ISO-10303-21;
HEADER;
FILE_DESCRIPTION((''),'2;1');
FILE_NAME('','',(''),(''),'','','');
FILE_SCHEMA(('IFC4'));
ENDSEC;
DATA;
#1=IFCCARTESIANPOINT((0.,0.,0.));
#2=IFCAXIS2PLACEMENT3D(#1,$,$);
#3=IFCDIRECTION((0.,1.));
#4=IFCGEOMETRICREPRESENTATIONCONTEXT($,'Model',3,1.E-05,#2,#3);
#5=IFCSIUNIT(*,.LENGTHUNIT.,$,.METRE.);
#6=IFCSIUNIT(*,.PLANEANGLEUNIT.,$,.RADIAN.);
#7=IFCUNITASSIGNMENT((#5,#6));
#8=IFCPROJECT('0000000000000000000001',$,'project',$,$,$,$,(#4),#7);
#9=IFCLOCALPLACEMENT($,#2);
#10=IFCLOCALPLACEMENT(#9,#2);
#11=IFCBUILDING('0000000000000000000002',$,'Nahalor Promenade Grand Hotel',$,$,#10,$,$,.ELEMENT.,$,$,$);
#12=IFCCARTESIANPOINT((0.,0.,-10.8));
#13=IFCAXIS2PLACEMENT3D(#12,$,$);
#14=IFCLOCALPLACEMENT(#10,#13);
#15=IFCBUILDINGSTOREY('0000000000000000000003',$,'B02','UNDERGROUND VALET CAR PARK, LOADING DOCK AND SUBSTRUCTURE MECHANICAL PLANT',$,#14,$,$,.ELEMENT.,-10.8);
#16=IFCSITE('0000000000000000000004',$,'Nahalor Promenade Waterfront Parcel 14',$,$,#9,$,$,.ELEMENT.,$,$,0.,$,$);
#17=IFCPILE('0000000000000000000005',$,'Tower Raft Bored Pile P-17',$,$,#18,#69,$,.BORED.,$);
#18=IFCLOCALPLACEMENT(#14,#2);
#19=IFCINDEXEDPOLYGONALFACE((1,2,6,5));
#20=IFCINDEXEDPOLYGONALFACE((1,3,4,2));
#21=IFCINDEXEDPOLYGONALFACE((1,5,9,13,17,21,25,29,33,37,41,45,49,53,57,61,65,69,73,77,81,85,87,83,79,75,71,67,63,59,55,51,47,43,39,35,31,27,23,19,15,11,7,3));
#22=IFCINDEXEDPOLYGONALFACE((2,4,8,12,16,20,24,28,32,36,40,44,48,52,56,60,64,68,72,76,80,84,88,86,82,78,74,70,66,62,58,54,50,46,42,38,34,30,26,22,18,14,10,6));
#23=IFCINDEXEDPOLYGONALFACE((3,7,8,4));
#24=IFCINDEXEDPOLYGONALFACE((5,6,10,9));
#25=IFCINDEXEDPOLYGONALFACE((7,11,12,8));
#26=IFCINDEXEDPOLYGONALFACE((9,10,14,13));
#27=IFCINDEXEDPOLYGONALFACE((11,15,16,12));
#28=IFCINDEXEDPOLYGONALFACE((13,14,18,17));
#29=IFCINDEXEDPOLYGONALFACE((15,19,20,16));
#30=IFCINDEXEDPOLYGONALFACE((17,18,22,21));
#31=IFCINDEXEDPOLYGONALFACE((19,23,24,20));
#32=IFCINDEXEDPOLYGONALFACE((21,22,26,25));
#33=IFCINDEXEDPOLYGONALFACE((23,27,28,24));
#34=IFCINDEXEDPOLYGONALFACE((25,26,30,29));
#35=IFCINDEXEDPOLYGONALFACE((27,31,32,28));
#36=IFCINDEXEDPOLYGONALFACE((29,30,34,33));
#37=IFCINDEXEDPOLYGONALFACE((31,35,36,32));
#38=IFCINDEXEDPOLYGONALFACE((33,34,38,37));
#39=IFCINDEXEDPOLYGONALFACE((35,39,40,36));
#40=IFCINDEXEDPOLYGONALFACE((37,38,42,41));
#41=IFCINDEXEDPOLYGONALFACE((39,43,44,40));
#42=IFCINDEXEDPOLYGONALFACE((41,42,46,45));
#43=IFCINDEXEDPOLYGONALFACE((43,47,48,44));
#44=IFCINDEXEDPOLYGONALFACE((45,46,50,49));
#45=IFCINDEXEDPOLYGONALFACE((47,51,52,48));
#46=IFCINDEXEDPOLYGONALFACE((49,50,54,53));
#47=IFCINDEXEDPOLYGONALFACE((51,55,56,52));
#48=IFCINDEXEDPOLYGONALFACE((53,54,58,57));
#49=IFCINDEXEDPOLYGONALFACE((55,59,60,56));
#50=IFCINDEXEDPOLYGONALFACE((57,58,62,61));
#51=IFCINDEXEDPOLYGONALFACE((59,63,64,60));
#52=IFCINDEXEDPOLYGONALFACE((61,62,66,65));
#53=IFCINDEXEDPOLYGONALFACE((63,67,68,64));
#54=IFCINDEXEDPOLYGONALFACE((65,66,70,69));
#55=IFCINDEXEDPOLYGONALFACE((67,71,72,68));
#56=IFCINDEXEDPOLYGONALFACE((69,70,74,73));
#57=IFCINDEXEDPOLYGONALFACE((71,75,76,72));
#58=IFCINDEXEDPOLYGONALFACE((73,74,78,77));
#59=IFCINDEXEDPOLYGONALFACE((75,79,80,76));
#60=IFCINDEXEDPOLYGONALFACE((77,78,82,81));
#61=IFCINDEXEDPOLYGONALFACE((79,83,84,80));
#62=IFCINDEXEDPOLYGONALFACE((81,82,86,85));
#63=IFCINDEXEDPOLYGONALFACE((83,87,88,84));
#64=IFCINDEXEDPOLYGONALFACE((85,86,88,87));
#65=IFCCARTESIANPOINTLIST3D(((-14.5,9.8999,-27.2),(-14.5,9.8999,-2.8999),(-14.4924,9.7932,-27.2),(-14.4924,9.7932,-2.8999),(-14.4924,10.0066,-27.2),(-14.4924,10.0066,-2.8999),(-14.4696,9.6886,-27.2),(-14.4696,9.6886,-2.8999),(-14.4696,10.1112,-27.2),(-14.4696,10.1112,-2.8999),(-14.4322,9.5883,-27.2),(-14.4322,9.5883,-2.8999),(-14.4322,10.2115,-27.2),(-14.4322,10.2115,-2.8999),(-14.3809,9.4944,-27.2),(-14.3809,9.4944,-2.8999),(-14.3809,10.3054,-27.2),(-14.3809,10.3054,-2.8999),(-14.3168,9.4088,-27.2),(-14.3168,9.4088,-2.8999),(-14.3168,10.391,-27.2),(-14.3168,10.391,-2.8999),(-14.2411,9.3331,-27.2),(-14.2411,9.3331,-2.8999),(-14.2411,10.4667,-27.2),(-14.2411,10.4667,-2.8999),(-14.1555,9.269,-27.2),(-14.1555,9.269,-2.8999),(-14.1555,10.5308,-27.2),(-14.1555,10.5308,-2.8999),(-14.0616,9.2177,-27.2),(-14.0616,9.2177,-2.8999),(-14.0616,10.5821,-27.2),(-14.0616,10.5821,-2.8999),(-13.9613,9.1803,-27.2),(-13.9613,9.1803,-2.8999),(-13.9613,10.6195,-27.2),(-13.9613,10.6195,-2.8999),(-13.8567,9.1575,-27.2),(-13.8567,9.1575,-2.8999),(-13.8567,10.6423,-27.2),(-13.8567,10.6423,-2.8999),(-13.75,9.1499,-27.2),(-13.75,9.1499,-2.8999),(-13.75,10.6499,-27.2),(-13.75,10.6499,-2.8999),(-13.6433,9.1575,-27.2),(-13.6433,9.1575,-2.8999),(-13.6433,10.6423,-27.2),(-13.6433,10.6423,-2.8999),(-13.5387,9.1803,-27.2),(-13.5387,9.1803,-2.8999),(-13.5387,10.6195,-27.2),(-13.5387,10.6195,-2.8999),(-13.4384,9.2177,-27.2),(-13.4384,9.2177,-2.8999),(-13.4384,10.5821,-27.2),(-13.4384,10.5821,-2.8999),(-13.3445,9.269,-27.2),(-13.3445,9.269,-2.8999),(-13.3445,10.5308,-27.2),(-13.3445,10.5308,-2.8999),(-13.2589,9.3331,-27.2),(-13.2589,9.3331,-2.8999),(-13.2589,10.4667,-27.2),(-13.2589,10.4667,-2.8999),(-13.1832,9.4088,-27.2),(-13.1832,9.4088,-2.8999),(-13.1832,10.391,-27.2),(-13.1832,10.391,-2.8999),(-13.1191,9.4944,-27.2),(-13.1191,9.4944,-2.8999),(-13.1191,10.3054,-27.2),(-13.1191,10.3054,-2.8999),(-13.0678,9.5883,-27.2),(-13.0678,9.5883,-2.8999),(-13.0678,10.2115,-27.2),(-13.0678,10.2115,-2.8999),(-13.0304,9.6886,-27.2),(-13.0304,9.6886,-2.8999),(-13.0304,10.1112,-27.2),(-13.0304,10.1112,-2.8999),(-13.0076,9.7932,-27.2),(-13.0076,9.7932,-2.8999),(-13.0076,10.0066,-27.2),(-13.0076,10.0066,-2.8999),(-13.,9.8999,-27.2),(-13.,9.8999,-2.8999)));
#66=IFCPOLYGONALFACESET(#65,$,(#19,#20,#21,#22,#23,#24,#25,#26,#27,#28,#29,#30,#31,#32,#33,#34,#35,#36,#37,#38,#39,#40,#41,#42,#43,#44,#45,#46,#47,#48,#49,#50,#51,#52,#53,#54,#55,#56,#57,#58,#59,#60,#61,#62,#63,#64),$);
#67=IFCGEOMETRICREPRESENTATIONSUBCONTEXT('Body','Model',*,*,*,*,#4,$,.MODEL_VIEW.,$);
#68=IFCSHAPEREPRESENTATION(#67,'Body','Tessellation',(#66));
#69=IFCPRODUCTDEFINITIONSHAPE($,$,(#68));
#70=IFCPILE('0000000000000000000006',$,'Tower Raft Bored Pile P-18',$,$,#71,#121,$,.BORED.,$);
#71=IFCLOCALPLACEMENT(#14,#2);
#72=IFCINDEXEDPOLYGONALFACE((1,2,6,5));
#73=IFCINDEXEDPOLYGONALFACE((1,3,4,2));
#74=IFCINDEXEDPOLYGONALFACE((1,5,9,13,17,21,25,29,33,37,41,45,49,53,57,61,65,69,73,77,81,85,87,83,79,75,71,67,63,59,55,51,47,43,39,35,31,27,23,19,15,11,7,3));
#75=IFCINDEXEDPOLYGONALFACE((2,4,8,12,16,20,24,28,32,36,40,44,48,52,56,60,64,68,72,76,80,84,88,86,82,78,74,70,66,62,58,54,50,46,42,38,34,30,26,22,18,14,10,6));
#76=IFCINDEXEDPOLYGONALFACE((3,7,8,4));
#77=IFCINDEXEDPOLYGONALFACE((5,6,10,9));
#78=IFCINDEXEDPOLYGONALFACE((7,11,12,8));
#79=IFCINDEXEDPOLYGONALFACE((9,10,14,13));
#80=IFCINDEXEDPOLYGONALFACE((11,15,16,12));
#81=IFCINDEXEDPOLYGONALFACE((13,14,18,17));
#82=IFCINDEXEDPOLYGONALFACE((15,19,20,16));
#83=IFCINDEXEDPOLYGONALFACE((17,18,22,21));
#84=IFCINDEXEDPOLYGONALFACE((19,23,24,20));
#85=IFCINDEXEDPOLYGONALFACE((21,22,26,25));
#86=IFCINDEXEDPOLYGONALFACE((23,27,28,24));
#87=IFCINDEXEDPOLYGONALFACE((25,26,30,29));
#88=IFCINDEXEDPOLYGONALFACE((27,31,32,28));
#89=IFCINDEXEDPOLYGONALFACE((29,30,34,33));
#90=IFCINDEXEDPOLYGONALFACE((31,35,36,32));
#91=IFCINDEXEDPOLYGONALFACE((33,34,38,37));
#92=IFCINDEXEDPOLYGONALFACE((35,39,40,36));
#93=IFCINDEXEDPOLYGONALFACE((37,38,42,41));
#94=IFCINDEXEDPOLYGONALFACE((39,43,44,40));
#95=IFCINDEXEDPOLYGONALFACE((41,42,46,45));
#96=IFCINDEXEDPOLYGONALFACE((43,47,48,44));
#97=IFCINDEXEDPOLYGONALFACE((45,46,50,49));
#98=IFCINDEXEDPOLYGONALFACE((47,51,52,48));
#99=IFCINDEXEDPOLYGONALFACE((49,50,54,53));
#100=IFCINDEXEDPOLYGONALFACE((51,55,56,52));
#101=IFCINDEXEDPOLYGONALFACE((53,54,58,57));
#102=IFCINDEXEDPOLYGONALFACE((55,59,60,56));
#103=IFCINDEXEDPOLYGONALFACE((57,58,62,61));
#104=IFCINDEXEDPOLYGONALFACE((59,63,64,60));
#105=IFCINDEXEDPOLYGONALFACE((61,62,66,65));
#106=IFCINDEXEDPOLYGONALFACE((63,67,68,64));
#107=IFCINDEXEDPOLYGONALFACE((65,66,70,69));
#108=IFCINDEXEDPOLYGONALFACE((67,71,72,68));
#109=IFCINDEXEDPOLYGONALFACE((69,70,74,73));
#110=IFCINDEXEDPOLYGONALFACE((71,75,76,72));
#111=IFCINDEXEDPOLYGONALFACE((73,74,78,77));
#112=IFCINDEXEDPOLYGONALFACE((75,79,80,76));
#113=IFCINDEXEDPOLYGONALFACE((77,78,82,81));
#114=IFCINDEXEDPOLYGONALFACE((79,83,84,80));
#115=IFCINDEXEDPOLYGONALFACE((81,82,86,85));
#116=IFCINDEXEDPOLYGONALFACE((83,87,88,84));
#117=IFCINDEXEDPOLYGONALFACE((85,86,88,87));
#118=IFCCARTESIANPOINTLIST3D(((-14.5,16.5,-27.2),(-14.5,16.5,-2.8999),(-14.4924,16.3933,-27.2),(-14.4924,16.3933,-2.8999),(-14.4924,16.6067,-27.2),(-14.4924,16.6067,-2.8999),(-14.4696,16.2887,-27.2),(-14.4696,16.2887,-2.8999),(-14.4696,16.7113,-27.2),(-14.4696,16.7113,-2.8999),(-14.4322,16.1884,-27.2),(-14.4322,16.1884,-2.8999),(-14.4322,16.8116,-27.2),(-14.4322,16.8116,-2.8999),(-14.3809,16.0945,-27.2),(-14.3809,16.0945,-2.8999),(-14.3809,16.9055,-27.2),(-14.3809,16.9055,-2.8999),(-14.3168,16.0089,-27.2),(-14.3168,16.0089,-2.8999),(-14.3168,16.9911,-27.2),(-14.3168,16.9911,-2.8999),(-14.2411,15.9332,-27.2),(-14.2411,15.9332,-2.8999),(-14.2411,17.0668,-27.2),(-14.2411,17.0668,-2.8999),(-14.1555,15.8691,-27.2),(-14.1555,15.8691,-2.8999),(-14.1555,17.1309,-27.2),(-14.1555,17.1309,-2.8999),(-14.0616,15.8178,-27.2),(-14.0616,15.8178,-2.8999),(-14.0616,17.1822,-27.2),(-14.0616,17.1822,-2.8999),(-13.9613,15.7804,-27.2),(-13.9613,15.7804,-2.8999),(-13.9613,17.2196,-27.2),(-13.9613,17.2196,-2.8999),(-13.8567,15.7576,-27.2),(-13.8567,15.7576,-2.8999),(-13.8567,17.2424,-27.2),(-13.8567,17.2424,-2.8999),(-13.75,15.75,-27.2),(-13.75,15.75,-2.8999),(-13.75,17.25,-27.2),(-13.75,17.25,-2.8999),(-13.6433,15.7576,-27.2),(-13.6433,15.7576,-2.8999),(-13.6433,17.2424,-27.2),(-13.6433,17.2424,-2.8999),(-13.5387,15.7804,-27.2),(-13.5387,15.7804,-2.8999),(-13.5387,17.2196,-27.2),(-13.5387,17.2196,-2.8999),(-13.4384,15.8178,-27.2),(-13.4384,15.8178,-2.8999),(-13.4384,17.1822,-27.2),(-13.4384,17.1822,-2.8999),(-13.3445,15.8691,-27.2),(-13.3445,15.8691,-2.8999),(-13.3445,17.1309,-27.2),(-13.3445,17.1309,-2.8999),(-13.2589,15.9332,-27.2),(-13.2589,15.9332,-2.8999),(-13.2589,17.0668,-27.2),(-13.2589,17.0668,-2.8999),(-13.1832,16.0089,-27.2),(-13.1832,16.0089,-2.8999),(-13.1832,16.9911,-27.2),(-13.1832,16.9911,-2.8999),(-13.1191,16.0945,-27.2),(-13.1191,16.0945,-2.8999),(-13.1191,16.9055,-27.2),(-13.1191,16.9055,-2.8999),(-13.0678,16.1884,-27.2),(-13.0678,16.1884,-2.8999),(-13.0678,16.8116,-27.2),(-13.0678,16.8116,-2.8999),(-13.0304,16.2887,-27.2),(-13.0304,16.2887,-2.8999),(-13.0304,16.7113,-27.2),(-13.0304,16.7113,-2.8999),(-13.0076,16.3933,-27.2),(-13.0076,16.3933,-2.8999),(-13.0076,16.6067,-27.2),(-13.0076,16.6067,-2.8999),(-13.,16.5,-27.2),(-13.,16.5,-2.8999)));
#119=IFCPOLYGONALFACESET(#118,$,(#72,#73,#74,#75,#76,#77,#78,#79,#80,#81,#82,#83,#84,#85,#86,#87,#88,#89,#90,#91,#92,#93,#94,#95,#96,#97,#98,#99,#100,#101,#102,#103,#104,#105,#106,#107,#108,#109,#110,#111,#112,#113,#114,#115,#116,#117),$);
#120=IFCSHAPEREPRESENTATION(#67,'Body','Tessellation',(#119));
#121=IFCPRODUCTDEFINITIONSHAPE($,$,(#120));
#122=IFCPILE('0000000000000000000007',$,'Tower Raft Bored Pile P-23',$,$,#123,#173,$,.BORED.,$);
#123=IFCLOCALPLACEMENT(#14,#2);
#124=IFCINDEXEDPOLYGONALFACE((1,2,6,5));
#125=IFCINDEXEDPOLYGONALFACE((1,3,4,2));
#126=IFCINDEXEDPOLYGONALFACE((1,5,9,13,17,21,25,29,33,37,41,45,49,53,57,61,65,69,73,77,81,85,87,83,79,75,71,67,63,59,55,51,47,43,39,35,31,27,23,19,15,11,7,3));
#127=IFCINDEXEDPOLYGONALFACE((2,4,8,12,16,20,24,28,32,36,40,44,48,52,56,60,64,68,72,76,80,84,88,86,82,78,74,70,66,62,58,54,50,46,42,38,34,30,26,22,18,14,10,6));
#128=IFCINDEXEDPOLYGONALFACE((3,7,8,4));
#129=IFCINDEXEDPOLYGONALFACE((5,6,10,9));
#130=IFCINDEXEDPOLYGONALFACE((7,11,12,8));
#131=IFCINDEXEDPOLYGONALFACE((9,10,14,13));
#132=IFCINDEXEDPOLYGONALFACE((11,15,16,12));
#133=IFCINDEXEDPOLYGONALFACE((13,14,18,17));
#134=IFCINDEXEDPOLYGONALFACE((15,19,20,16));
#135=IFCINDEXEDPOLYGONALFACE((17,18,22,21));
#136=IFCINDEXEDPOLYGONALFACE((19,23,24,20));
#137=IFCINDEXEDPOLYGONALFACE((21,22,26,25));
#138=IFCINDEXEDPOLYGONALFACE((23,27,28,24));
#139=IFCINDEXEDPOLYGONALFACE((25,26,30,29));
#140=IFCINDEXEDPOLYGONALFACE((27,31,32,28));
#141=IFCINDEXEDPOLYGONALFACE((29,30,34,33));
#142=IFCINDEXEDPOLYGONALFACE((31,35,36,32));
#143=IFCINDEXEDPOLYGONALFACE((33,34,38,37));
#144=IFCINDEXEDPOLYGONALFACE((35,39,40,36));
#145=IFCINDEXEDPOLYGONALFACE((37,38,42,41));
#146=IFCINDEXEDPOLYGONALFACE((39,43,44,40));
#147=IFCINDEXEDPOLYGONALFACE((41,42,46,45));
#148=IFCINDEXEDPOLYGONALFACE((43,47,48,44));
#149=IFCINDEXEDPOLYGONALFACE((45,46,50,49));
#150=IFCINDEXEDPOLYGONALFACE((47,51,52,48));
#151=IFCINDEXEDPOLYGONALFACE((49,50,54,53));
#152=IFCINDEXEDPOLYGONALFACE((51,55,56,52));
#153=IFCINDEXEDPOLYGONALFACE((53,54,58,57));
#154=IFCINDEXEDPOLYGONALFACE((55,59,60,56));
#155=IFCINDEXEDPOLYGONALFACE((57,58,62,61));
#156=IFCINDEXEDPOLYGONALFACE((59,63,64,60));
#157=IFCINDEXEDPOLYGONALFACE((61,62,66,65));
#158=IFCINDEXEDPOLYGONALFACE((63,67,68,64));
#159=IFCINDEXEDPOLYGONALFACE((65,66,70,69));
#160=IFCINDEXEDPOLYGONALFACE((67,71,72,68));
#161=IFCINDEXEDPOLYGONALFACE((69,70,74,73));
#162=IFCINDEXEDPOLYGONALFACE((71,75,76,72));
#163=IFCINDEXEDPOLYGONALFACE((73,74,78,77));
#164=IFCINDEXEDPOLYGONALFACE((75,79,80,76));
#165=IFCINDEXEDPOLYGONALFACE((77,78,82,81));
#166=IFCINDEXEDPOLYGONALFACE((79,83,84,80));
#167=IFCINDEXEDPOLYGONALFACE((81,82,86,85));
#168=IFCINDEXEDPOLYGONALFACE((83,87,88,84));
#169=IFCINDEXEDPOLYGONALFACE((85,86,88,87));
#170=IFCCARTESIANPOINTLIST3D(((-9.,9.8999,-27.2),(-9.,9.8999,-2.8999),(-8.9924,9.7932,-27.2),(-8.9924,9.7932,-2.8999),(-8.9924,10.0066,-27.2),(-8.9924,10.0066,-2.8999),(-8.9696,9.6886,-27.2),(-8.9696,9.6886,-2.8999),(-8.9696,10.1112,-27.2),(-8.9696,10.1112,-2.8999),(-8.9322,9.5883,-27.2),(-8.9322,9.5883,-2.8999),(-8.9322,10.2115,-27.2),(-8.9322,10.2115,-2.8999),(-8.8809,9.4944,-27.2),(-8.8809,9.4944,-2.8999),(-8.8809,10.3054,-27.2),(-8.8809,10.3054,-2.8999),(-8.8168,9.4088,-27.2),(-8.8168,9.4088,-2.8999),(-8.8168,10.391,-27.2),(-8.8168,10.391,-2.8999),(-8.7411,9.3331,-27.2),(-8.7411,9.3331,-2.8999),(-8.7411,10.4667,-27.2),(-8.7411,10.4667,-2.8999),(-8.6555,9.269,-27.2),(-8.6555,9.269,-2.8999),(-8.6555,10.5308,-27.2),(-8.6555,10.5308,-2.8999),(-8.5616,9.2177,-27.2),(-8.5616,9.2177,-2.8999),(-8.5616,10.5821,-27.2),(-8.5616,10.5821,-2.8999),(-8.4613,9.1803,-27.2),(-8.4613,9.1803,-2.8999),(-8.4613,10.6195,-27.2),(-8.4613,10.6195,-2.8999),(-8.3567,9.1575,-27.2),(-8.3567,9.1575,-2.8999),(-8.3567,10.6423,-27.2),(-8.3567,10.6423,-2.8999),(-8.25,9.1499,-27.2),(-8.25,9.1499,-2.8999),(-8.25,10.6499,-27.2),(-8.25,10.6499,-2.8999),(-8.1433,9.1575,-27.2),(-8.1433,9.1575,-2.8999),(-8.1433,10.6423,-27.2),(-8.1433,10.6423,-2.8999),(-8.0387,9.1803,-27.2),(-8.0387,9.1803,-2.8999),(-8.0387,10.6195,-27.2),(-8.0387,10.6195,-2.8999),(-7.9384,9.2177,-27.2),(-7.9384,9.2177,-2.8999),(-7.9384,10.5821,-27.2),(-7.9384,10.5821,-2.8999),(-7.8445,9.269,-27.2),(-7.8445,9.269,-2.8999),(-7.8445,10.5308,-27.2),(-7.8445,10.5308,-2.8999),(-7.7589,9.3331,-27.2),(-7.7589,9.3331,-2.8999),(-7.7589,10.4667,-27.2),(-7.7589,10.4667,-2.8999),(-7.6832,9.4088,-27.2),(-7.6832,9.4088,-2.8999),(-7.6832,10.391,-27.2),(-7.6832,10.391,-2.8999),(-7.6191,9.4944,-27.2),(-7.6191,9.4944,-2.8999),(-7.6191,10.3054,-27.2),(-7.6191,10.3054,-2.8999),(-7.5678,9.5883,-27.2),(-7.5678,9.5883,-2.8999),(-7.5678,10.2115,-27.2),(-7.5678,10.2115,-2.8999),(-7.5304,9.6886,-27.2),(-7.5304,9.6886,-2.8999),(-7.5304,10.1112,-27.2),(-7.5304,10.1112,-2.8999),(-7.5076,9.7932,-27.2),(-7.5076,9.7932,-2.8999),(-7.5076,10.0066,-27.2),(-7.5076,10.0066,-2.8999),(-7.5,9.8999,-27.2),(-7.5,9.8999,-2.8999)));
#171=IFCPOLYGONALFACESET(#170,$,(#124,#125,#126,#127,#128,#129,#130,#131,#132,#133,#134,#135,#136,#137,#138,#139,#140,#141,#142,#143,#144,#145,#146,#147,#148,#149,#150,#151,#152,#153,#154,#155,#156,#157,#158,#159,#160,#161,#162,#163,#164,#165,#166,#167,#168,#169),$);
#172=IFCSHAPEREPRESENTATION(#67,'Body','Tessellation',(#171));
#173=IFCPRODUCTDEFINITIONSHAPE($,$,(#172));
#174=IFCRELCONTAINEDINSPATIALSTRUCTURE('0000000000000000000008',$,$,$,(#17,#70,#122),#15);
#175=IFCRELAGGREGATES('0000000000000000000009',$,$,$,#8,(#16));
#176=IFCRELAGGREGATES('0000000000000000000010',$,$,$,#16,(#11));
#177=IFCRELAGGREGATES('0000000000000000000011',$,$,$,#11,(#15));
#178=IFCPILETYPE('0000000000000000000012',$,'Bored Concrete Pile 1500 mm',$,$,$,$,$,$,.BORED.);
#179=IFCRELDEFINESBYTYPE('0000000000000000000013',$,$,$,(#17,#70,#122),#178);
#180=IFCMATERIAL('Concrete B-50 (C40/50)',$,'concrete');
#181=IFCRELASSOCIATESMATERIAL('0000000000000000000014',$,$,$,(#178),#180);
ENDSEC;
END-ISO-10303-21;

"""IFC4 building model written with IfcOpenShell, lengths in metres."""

from ifc_helpers import new_model, si_unit, direction, frame, origin, origin_2d, place, context, subcontext, project, spatial, circle, extrude, source, transform, mapped, material, material_profile, profile_set, type_object, element, save


model = new_model("IFC4")

# Units and contexts
model_context = context("Model", 3, precision=1e-05, world=origin(), true_north=direction((0.0, 1.0)))
body_context = subcontext(model_context, "Body", "Model", "MODEL_VIEW")
ifc_project = project(units=[si_unit("LENGTHUNIT", "METRE"), si_unit("PLANEANGLEUNIT", "RADIAN")], contexts=[model_context])

# Site, building, storey
site_placement = place(None, origin())
site = spatial("IfcSite", under=ifc_project, at=site_placement, Name="Nahalor Promenade Waterfront Parcel 14", CompositionType="ELEMENT", RefElevation=0.0)
building_placement = place(site_placement, origin())
building = spatial("IfcBuilding", under=site, at=building_placement, Name="Nahalor Promenade Grand Hotel", CompositionType="ELEMENT")
storey_placement = place(building_placement, frame((0.0, 0.0, -10.8)))
storey = spatial("IfcBuildingStorey", under=building, at=storey_placement, Name="B02", Description="UNDERGROUND VALET CAR PARK, LOADING DOCK AND SUBSTRUCTURE MECHANICAL PLANT", CompositionType="ELEMENT", Elevation=-10.8)

# Piles
ifc_material_1 = material(Name="Concrete B-50 (C40/50)", Category="concrete")
ifc_material_profile_1 = material_profile(ifc_material_1, circle(Radius=0.75, at=origin_2d()), Name="PILE D1500")
ifc_profile_set_1 = profile_set([ifc_material_profile_1], Name="Concrete B-50 (C40/50)")
pile_type = type_object("IfcPileType", Name="Bored Concrete Pile 1500 mm", PredefinedType="BORED", material=ifc_profile_set_1)
shared_shape_1 = source(origin(), body_context, "Body", "SweptSolid", [
    extrude(circle(Radius=0.75, at=origin_2d()), origin(), (0.0, 0.0, 1.0), 24.3),
])
for number, where, z_axis, x_axis, name in (
    (1, (-13.75, 9.8999, -2.8999), (0.0, 0.0, -1.0), (1.0, 0.0, 0.0), "Tower Raft Bored Pile P-17"),
    (2, (-13.75, 16.5, -2.8999), (0.0, 0.0, -1.0), (1.0, 0.0, 0.0), "Tower Raft Bored Pile P-18"),
    (3, (-8.25, 9.8999, -2.8999), (0.0, 0.0, -1.0), (1.0, 0.0, 0.0), "Tower Raft Bored Pile P-23"),
):
    element("IfcPile", number, at=place(storey_placement, frame(where, z_axis=z_axis, x_axis=x_axis)), inside=storey, type_object=pile_type, Name=name, PredefinedType="BORED", context=body_context, shape_type="MappedRepresentation", body=[
        mapped(shared_shape_1, transform((0.0, 0.0, 0.0), scale=1.0)),
    ])

save(model, "model.ifc")
